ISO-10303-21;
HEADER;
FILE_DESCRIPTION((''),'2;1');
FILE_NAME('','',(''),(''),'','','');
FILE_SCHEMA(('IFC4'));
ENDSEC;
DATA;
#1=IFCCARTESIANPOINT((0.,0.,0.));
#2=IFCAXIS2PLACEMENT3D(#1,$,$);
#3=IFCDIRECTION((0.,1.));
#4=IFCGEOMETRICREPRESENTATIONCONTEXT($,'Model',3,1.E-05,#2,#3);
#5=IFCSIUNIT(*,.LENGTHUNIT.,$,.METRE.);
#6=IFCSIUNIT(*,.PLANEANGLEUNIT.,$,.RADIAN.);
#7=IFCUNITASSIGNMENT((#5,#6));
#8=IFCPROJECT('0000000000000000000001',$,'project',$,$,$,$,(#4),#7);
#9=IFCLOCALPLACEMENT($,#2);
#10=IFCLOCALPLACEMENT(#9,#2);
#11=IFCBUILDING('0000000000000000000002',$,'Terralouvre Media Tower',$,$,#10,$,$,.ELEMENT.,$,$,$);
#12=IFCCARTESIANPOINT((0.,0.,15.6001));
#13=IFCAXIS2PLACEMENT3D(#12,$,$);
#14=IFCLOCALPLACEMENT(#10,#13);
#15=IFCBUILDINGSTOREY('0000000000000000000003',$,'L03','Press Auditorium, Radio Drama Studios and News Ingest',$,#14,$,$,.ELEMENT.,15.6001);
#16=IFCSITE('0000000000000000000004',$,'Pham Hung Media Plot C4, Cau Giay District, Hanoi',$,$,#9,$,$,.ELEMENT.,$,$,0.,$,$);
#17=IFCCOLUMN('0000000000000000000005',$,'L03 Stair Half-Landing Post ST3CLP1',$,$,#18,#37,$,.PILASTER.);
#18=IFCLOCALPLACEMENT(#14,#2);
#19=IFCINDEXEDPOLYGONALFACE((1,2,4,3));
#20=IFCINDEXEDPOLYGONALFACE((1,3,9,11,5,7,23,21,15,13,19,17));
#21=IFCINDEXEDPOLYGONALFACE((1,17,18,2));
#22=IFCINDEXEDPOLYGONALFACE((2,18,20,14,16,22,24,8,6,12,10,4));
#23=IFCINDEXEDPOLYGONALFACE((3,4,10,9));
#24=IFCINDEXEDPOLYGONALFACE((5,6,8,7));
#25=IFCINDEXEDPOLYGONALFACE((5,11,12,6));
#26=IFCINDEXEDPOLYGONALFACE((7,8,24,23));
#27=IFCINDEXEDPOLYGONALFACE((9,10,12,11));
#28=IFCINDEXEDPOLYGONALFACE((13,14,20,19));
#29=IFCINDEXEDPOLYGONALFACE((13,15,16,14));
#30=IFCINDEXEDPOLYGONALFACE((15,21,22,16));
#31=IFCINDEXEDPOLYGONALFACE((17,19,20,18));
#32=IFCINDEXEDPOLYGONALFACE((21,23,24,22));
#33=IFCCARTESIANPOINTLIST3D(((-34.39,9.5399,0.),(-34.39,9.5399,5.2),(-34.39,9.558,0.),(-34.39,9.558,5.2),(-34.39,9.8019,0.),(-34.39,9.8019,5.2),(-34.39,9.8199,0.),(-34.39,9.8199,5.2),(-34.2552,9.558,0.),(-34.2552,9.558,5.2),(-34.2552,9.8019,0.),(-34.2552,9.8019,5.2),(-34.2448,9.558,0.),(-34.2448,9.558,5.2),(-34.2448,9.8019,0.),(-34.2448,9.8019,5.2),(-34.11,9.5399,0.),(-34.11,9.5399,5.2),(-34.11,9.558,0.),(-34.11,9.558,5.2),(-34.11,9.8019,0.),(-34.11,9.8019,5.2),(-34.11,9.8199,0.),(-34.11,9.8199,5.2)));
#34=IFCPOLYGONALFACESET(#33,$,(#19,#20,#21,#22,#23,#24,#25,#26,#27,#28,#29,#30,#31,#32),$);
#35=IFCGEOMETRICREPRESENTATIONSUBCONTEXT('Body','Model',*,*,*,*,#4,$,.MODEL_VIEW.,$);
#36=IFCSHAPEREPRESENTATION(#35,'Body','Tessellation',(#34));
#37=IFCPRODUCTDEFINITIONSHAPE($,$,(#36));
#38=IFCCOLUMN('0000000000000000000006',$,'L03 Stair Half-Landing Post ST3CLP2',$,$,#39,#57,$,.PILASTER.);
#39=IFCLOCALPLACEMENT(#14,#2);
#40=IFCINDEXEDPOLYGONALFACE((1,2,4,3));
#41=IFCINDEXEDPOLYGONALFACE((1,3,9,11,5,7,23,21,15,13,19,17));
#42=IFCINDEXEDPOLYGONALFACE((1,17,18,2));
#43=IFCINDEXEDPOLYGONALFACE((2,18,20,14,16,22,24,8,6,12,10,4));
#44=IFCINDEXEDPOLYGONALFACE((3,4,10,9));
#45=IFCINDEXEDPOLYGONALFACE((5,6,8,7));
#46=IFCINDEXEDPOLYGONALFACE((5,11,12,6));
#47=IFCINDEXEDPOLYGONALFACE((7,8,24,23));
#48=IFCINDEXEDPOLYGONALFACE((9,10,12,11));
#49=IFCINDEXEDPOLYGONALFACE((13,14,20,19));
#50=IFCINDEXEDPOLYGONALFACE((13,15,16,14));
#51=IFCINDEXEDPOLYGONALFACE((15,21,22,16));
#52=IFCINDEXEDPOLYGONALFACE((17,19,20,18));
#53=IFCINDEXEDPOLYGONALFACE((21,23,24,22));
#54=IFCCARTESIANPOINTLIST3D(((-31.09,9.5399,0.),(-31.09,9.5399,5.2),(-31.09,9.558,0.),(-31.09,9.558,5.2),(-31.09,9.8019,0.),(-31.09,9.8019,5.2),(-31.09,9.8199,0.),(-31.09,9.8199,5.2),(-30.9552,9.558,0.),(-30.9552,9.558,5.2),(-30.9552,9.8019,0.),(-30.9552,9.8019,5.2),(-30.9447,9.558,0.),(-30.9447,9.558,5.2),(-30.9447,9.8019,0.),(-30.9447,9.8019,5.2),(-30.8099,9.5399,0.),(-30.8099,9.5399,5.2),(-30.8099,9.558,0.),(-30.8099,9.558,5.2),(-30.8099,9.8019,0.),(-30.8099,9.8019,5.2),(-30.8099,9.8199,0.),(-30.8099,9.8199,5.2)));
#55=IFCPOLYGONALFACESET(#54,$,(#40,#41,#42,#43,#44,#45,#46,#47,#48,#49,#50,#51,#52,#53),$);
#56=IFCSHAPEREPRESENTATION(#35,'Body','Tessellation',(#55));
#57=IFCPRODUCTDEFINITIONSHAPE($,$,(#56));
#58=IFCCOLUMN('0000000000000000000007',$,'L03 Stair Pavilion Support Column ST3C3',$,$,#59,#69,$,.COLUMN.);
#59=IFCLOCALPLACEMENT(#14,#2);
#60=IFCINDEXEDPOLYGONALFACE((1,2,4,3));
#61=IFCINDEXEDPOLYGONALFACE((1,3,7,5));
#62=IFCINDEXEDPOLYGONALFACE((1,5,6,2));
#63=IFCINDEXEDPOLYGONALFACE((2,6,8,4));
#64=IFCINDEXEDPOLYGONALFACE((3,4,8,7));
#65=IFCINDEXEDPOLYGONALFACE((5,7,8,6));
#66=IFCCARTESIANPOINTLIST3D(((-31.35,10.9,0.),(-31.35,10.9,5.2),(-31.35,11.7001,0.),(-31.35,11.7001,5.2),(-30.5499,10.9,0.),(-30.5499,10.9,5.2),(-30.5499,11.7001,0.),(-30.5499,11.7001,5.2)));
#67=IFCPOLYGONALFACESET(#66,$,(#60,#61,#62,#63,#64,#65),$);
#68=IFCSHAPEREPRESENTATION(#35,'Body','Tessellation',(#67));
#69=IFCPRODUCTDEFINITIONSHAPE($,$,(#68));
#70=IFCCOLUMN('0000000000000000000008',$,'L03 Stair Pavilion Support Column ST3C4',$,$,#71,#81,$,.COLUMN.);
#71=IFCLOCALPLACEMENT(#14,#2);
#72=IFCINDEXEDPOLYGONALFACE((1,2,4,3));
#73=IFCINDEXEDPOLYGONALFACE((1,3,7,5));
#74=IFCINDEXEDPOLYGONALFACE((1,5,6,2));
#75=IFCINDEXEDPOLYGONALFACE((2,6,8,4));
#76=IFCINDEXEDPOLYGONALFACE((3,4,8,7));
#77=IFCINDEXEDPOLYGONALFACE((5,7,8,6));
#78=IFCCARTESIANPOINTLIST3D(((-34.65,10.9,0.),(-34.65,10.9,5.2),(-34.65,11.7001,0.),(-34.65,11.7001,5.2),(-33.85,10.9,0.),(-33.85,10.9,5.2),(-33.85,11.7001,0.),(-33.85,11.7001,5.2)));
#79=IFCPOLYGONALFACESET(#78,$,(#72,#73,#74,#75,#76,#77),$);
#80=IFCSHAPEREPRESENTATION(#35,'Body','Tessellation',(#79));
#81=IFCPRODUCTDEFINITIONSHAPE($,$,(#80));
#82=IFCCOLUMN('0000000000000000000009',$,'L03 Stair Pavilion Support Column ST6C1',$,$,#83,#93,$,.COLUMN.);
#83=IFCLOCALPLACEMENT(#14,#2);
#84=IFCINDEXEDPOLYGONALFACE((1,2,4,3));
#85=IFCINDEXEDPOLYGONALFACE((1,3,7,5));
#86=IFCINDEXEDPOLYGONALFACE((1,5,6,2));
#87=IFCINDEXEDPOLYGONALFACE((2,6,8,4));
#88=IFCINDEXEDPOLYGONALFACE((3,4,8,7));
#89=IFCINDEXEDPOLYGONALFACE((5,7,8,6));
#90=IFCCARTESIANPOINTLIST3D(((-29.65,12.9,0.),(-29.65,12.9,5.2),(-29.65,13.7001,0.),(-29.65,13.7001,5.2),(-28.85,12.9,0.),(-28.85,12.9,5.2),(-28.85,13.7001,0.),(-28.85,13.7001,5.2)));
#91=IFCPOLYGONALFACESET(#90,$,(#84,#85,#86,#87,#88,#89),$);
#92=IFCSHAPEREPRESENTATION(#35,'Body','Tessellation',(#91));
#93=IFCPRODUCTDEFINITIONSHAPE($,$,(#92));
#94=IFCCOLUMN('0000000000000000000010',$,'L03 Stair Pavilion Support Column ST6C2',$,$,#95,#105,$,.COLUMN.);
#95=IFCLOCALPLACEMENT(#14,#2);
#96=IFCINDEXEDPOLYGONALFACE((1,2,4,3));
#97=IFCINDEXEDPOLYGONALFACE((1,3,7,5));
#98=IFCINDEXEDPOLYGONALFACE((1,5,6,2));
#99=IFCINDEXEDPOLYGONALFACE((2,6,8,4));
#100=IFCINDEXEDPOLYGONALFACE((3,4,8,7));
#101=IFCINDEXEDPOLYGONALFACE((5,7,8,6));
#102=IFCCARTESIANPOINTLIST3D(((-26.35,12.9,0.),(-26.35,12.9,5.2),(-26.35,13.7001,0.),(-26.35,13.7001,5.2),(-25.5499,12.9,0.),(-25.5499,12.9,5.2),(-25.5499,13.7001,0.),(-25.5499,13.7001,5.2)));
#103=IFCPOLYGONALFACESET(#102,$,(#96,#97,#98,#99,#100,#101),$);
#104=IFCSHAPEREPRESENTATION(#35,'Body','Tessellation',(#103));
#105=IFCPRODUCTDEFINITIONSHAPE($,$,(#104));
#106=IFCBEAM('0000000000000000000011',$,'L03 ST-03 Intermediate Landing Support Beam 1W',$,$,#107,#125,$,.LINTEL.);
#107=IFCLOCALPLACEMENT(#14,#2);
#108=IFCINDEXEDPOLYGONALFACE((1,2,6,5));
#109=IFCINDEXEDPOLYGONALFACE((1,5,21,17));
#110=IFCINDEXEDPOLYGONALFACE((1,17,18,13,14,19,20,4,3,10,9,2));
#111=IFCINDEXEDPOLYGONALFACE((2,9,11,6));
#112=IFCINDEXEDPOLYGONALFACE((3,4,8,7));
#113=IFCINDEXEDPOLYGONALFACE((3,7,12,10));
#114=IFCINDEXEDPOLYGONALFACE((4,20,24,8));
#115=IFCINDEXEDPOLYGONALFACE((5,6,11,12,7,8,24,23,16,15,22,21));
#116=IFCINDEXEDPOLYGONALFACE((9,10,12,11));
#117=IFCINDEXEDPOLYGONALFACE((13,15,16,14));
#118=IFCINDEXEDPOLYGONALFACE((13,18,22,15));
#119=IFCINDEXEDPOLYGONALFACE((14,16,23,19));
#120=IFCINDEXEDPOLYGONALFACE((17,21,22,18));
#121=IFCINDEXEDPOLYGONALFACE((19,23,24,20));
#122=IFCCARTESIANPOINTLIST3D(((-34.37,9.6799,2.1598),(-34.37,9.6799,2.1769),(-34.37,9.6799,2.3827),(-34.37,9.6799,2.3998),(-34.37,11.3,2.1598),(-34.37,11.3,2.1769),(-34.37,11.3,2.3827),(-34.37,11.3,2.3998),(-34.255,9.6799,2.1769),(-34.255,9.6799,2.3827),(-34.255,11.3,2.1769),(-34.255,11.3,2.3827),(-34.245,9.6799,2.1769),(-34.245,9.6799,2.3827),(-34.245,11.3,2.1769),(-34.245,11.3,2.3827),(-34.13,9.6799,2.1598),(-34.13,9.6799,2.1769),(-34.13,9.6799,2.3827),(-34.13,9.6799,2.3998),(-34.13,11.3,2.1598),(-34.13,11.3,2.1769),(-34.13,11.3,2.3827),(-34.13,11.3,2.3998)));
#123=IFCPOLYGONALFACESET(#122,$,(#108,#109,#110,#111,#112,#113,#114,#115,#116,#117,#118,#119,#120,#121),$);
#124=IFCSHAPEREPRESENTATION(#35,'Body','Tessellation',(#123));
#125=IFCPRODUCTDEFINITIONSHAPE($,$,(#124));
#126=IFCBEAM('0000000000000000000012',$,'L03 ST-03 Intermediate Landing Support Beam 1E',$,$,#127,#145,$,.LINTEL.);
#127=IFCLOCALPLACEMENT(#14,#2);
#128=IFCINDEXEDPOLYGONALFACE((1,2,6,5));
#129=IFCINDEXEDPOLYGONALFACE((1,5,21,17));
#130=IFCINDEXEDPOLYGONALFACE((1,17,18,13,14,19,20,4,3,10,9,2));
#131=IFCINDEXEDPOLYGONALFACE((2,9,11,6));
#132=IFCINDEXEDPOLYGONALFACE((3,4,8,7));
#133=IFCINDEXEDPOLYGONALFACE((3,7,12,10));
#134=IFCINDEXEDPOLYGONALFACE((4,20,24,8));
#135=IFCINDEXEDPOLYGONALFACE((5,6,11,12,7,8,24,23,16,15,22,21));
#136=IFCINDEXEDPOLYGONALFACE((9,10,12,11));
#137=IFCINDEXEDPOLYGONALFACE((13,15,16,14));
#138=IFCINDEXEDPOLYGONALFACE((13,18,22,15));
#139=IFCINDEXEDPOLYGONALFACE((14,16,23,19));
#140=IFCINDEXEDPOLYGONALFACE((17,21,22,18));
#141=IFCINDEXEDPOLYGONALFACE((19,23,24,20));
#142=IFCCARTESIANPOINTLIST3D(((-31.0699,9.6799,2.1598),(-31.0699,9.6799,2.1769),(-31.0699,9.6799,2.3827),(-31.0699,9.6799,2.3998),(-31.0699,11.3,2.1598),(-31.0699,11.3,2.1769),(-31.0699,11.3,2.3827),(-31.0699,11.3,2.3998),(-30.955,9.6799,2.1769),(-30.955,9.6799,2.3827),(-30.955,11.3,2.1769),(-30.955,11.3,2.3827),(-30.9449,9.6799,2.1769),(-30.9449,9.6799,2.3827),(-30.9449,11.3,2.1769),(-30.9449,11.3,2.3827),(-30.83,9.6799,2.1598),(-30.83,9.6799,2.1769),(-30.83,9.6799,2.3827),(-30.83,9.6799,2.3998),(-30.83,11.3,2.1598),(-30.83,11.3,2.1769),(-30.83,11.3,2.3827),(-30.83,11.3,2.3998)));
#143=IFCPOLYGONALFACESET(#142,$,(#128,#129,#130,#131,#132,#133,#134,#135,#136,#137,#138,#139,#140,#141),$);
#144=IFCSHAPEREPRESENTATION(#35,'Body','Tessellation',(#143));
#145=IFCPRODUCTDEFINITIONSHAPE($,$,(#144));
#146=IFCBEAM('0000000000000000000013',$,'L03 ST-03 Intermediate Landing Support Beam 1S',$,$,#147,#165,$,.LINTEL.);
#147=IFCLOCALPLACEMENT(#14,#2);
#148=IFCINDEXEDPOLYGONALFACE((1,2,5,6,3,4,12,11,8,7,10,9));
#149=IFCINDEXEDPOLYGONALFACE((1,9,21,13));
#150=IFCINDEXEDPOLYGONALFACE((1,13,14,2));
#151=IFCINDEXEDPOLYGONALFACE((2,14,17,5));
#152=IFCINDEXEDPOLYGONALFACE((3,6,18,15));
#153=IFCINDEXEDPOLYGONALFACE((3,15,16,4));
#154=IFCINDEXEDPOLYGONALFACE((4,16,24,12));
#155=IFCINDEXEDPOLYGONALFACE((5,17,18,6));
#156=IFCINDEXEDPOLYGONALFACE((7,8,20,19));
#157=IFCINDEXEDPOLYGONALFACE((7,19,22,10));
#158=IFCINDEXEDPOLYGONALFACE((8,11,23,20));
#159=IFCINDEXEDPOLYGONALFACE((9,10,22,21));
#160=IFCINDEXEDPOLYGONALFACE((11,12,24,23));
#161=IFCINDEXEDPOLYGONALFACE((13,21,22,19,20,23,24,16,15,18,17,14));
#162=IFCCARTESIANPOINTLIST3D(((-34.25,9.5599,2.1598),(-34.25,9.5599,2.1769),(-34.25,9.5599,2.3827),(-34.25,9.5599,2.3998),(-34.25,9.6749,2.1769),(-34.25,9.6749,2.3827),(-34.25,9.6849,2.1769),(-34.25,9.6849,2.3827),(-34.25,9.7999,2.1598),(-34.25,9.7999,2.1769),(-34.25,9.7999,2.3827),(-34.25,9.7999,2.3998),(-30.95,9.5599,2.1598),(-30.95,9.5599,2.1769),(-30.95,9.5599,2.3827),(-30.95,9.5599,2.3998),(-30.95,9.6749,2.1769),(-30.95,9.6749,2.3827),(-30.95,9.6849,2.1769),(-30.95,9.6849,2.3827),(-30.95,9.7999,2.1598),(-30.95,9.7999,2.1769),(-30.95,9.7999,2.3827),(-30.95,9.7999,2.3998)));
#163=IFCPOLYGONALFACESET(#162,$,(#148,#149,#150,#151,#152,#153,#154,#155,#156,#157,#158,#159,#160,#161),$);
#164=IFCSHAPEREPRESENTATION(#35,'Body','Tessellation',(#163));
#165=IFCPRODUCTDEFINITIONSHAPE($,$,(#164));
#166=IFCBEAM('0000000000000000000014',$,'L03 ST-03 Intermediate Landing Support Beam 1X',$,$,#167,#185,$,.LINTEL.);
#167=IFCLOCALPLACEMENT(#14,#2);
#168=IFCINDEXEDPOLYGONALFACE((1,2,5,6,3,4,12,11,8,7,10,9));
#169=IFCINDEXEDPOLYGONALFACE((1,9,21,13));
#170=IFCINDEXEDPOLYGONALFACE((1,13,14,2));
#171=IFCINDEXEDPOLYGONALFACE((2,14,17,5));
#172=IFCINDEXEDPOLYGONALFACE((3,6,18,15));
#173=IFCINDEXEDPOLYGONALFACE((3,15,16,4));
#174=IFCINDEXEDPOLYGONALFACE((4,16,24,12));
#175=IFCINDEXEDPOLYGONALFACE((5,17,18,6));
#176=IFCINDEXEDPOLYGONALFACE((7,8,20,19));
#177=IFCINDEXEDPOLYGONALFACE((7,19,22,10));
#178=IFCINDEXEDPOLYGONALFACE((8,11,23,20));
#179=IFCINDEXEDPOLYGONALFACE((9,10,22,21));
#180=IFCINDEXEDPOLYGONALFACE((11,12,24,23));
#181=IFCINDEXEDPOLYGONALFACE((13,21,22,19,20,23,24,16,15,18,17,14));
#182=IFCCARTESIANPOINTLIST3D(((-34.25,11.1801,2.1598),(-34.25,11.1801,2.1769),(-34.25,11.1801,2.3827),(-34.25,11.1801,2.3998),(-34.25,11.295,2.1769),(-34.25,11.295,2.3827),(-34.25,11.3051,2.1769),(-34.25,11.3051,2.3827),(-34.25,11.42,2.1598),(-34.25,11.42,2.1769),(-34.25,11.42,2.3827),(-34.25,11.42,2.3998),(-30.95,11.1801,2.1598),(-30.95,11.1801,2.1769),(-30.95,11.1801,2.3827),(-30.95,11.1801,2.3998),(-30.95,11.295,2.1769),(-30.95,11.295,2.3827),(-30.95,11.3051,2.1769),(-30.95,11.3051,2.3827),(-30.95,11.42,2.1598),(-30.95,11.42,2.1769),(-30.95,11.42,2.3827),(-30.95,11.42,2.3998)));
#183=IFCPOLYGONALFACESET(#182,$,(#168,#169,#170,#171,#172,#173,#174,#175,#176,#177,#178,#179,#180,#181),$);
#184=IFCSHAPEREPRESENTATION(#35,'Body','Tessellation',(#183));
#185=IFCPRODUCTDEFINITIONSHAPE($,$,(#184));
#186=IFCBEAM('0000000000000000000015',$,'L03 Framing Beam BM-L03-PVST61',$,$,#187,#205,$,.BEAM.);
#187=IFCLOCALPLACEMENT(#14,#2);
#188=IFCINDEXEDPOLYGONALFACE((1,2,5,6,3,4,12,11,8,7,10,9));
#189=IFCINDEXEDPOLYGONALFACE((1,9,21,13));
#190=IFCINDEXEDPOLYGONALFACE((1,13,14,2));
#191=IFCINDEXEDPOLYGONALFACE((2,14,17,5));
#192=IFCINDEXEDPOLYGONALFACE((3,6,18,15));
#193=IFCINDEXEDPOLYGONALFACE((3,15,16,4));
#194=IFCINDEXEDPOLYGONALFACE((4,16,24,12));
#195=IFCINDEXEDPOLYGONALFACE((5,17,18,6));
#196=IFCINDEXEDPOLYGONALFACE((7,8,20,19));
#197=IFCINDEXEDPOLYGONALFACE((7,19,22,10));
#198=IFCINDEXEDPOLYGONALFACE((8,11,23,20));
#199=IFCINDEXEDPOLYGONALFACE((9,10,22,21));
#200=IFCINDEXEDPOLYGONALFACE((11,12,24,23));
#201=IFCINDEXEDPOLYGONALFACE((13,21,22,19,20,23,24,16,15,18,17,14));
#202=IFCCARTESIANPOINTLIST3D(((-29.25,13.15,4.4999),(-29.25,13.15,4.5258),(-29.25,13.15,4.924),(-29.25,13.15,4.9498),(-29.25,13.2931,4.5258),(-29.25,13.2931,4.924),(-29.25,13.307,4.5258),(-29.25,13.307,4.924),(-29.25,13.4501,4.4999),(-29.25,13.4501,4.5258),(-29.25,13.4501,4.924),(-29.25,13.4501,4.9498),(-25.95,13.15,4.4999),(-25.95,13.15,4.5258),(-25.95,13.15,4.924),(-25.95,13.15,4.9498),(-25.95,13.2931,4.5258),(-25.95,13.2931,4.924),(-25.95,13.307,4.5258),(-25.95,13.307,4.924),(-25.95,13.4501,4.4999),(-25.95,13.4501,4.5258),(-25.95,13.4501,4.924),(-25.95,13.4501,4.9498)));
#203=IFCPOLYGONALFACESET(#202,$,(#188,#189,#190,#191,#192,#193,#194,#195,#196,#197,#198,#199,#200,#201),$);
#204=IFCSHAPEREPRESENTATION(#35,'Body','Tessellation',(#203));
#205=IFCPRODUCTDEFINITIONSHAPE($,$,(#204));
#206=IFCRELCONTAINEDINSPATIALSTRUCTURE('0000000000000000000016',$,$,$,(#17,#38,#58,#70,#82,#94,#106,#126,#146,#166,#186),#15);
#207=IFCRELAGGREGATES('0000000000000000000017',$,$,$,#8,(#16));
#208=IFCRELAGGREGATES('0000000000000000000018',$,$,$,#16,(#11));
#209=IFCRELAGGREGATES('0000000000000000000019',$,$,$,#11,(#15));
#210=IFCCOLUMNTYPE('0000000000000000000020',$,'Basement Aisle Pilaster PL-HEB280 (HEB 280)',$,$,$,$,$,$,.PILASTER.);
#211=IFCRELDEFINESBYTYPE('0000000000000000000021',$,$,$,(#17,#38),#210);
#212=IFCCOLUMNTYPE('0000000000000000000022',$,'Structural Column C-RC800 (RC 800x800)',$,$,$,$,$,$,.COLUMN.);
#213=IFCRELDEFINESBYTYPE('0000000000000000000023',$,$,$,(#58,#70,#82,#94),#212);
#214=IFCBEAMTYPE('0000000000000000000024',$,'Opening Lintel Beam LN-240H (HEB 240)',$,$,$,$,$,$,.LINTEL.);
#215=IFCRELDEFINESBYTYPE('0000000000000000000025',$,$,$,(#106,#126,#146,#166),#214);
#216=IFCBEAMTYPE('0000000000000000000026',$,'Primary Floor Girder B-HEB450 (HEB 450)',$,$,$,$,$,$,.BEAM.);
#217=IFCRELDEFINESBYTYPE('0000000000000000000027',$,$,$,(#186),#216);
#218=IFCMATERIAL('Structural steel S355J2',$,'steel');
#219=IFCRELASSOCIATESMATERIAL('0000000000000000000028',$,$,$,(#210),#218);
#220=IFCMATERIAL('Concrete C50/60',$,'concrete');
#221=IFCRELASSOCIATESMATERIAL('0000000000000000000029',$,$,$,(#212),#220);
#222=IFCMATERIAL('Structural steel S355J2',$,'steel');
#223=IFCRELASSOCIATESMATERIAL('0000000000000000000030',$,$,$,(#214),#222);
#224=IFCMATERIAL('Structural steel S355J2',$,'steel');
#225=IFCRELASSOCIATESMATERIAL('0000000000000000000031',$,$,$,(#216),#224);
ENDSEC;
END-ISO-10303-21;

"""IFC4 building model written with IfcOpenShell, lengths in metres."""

from ifc_helpers import new_model, si_unit, direction, frame, origin, origin_2d, place, context, subcontext, project, spatial, rectangle, i_section, extrude, material, material_profile, profile_set, type_object, element, save


model = new_model("IFC4")

# Units and contexts
model_context = context("Model", 3, precision=1e-05, world=origin(), true_north=direction((0.0, 1.0)))
body_context = subcontext(model_context, "Body", "Model", "MODEL_VIEW")
ifc_project = project(units=[si_unit("LENGTHUNIT", "METRE"), si_unit("PLANEANGLEUNIT", "RADIAN")], contexts=[model_context])

# Site, building, storey
site_placement = place(None, origin())
site = spatial("IfcSite", under=ifc_project, at=site_placement, Name="Pham Hung Media Plot C4, Cau Giay District, Hanoi", CompositionType="ELEMENT", RefElevation=0.0)
building_placement = place(site_placement, origin())
building = spatial("IfcBuilding", under=site, at=building_placement, Name="Terralouvre Media Tower", CompositionType="ELEMENT")
storey_placement = place(building_placement, frame((0.0, 0.0, 15.6001)))
storey = spatial("IfcBuildingStorey", under=building, at=storey_placement, Name="L03", Description="Press Auditorium, Radio Drama Studios and News Ingest", CompositionType="ELEMENT", Elevation=15.6001)

# Columns
ifc_material_1 = material(Name="Structural steel S355J2", Category="steel")
ifc_material_profile_1 = material_profile(ifc_material_1, i_section(OverallWidth=0.28, OverallDepth=0.28, WebThickness=0.0105, FlangeThickness=0.0181, at=origin_2d()), Name="HEB 280")
ifc_profile_set_1 = profile_set([ifc_material_profile_1], Name="Structural steel S355J2")
column_type_1 = type_object("IfcColumnType", Name="Basement Aisle Pilaster PL-HEB280 (HEB 280)", PredefinedType="PILASTER", material=ifc_profile_set_1)
for number, where, z_axis, x_axis, name in (
    (1, (-34.25, 9.6799, 0.0), (0.0, 0.0, 1.0), (1.0, 0.0, 0.0), "L03 Stair Half-Landing Post ST3CLP1"),
    (2, (-30.95, 9.6799, 0.0), (0.0, 0.0, 1.0), (1.0, 0.0, 0.0), "L03 Stair Half-Landing Post ST3CLP2"),
):
    element("IfcColumn", number, at=place(storey_placement, frame(where, z_axis=z_axis, x_axis=x_axis)), inside=storey, type_object=column_type_1, Name=name, PredefinedType="PILASTER", context=body_context, shape_type="SweptSolid", body=[
        extrude(i_section(OverallWidth=0.28, OverallDepth=0.28, WebThickness=0.0105, FlangeThickness=0.0181, at=origin_2d()), origin(), (0.0, 0.0, 1.0), 5.2),
    ])
ifc_material_2 = material(Name="Concrete C50/60", Category="concrete")
ifc_material_profile_2 = material_profile(ifc_material_2, rectangle(XDim=0.8, YDim=0.8, at=origin_2d()), Name="RC 800x800")
ifc_profile_set_2 = profile_set([ifc_material_profile_2], Name="Concrete C50/60")
column_type_2 = type_object("IfcColumnType", Name="Structural Column C-RC800 (RC 800x800)", PredefinedType="COLUMN", material=ifc_profile_set_2)
for number, where, z_axis, x_axis, name in (
    (3, (-30.95, 11.3, 0.0), (0.0, 0.0, 1.0), (1.0, 0.0, 0.0), "L03 Stair Pavilion Support Column ST3C3"),
    (4, (-34.25, 11.3, 0.0), (0.0, 0.0, 1.0), (1.0, 0.0, 0.0), "L03 Stair Pavilion Support Column ST3C4"),
    (5, (-29.25, 13.3, 0.0), (0.0, 0.0, 1.0), (1.0, 0.0, 0.0), "L03 Stair Pavilion Support Column ST6C1"),
    (6, (-25.95, 13.3, 0.0), (0.0, 0.0, 1.0), (1.0, 0.0, 0.0), "L03 Stair Pavilion Support Column ST6C2"),
):
    element("IfcColumn", number, at=place(storey_placement, frame(where, z_axis=z_axis, x_axis=x_axis)), inside=storey, type_object=column_type_2, Name=name, PredefinedType="COLUMN", context=body_context, shape_type="SweptSolid", body=[
        extrude(rectangle(XDim=0.8, YDim=0.8, at=origin_2d()), origin(), (0.0, 0.0, 1.0), 5.2),
    ])

# Beams
ifc_material_3 = material(Name="Structural steel S355J2", Category="steel")
ifc_material_profile_3 = material_profile(ifc_material_3, i_section(OverallWidth=0.24, OverallDepth=0.24, WebThickness=0.01, FlangeThickness=0.0171, at=origin_2d()), Name="HEB 240")
ifc_profile_set_3 = profile_set([ifc_material_profile_3], Name="Structural steel S355J2")
beam_type_1 = type_object("IfcBeamType", Name="Opening Lintel Beam LN-240H (HEB 240)", PredefinedType="LINTEL", material=ifc_profile_set_3)
for number, where, z_axis, x_axis, name in (
    (7, (-34.25, 9.6799, 2.2798), (0.0, 1.0, 0.0), (-1.0, 0.0, 0.0), "L03 ST-03 Intermediate Landing Support Beam 1W"),
    (8, (-30.95, 9.6799, 2.2798), (0.0, 1.0, 0.0), (-1.0, 0.0, 0.0), "L03 ST-03 Intermediate Landing Support Beam 1E"),
):
    element("IfcBeam", number, at=place(storey_placement, frame(where, z_axis=z_axis, x_axis=x_axis)), inside=storey, type_object=beam_type_1, Name=name, PredefinedType="LINTEL", context=body_context, shape_type="SweptSolid", body=[
        extrude(i_section(OverallWidth=0.24, OverallDepth=0.24, WebThickness=0.01, FlangeThickness=0.0171, at=origin_2d()), origin(), (0.0, 0.0, 1.0), 1.6201),
    ])
for number, where, z_axis, x_axis, name in (
    (9, (-34.25, 9.6799, 2.2798), (1.0, 0.0, 0.0), (0.0, 1.0, 0.0), "L03 ST-03 Intermediate Landing Support Beam 1S"),
    (10, (-34.25, 11.3, 2.2798), (1.0, 0.0, 0.0), (0.0, 1.0, 0.0), "L03 ST-03 Intermediate Landing Support Beam 1X"),
):
    element("IfcBeam", number, at=place(storey_placement, frame(where, z_axis=z_axis, x_axis=x_axis)), inside=storey, type_object=beam_type_1, Name=name, PredefinedType="LINTEL", context=body_context, shape_type="SweptSolid", body=[
        extrude(i_section(OverallWidth=0.24, OverallDepth=0.24, WebThickness=0.01, FlangeThickness=0.0171, at=origin_2d()), origin(), (0.0, 0.0, 1.0), 3.3),
    ])
ifc_material_4 = material(Name="Structural steel S355J2", Category="steel")
ifc_material_profile_4 = material_profile(ifc_material_4, i_section(OverallWidth=0.3, OverallDepth=0.45, WebThickness=0.0139, FlangeThickness=0.0259, at=origin_2d()), Name="HEB 450")
ifc_profile_set_4 = profile_set([ifc_material_profile_4], Name="Structural steel S355J2")
beam_type_2 = type_object("IfcBeamType", Name="Primary Floor Girder B-HEB450 (HEB 450)", PredefinedType="BEAM", material=ifc_profile_set_4)
beam_1_placement = place(storey_placement, frame((-29.25, 13.3, 4.7249), z_axis=(1.0, 0.0, 0.0), x_axis=(0.0, 1.0, 0.0)))
element("IfcBeam", 11, at=beam_1_placement, inside=storey, type_object=beam_type_2, Name="L03 Framing Beam BM-L03-PVST61", PredefinedType="BEAM", context=body_context, shape_type="SweptSolid", body=[
    extrude(i_section(OverallWidth=0.3, OverallDepth=0.45, WebThickness=0.0139, FlangeThickness=0.0259, at=origin_2d()), origin(), (0.0, 0.0, 1.0), 3.3),
])

save(model, "model.ifc")
